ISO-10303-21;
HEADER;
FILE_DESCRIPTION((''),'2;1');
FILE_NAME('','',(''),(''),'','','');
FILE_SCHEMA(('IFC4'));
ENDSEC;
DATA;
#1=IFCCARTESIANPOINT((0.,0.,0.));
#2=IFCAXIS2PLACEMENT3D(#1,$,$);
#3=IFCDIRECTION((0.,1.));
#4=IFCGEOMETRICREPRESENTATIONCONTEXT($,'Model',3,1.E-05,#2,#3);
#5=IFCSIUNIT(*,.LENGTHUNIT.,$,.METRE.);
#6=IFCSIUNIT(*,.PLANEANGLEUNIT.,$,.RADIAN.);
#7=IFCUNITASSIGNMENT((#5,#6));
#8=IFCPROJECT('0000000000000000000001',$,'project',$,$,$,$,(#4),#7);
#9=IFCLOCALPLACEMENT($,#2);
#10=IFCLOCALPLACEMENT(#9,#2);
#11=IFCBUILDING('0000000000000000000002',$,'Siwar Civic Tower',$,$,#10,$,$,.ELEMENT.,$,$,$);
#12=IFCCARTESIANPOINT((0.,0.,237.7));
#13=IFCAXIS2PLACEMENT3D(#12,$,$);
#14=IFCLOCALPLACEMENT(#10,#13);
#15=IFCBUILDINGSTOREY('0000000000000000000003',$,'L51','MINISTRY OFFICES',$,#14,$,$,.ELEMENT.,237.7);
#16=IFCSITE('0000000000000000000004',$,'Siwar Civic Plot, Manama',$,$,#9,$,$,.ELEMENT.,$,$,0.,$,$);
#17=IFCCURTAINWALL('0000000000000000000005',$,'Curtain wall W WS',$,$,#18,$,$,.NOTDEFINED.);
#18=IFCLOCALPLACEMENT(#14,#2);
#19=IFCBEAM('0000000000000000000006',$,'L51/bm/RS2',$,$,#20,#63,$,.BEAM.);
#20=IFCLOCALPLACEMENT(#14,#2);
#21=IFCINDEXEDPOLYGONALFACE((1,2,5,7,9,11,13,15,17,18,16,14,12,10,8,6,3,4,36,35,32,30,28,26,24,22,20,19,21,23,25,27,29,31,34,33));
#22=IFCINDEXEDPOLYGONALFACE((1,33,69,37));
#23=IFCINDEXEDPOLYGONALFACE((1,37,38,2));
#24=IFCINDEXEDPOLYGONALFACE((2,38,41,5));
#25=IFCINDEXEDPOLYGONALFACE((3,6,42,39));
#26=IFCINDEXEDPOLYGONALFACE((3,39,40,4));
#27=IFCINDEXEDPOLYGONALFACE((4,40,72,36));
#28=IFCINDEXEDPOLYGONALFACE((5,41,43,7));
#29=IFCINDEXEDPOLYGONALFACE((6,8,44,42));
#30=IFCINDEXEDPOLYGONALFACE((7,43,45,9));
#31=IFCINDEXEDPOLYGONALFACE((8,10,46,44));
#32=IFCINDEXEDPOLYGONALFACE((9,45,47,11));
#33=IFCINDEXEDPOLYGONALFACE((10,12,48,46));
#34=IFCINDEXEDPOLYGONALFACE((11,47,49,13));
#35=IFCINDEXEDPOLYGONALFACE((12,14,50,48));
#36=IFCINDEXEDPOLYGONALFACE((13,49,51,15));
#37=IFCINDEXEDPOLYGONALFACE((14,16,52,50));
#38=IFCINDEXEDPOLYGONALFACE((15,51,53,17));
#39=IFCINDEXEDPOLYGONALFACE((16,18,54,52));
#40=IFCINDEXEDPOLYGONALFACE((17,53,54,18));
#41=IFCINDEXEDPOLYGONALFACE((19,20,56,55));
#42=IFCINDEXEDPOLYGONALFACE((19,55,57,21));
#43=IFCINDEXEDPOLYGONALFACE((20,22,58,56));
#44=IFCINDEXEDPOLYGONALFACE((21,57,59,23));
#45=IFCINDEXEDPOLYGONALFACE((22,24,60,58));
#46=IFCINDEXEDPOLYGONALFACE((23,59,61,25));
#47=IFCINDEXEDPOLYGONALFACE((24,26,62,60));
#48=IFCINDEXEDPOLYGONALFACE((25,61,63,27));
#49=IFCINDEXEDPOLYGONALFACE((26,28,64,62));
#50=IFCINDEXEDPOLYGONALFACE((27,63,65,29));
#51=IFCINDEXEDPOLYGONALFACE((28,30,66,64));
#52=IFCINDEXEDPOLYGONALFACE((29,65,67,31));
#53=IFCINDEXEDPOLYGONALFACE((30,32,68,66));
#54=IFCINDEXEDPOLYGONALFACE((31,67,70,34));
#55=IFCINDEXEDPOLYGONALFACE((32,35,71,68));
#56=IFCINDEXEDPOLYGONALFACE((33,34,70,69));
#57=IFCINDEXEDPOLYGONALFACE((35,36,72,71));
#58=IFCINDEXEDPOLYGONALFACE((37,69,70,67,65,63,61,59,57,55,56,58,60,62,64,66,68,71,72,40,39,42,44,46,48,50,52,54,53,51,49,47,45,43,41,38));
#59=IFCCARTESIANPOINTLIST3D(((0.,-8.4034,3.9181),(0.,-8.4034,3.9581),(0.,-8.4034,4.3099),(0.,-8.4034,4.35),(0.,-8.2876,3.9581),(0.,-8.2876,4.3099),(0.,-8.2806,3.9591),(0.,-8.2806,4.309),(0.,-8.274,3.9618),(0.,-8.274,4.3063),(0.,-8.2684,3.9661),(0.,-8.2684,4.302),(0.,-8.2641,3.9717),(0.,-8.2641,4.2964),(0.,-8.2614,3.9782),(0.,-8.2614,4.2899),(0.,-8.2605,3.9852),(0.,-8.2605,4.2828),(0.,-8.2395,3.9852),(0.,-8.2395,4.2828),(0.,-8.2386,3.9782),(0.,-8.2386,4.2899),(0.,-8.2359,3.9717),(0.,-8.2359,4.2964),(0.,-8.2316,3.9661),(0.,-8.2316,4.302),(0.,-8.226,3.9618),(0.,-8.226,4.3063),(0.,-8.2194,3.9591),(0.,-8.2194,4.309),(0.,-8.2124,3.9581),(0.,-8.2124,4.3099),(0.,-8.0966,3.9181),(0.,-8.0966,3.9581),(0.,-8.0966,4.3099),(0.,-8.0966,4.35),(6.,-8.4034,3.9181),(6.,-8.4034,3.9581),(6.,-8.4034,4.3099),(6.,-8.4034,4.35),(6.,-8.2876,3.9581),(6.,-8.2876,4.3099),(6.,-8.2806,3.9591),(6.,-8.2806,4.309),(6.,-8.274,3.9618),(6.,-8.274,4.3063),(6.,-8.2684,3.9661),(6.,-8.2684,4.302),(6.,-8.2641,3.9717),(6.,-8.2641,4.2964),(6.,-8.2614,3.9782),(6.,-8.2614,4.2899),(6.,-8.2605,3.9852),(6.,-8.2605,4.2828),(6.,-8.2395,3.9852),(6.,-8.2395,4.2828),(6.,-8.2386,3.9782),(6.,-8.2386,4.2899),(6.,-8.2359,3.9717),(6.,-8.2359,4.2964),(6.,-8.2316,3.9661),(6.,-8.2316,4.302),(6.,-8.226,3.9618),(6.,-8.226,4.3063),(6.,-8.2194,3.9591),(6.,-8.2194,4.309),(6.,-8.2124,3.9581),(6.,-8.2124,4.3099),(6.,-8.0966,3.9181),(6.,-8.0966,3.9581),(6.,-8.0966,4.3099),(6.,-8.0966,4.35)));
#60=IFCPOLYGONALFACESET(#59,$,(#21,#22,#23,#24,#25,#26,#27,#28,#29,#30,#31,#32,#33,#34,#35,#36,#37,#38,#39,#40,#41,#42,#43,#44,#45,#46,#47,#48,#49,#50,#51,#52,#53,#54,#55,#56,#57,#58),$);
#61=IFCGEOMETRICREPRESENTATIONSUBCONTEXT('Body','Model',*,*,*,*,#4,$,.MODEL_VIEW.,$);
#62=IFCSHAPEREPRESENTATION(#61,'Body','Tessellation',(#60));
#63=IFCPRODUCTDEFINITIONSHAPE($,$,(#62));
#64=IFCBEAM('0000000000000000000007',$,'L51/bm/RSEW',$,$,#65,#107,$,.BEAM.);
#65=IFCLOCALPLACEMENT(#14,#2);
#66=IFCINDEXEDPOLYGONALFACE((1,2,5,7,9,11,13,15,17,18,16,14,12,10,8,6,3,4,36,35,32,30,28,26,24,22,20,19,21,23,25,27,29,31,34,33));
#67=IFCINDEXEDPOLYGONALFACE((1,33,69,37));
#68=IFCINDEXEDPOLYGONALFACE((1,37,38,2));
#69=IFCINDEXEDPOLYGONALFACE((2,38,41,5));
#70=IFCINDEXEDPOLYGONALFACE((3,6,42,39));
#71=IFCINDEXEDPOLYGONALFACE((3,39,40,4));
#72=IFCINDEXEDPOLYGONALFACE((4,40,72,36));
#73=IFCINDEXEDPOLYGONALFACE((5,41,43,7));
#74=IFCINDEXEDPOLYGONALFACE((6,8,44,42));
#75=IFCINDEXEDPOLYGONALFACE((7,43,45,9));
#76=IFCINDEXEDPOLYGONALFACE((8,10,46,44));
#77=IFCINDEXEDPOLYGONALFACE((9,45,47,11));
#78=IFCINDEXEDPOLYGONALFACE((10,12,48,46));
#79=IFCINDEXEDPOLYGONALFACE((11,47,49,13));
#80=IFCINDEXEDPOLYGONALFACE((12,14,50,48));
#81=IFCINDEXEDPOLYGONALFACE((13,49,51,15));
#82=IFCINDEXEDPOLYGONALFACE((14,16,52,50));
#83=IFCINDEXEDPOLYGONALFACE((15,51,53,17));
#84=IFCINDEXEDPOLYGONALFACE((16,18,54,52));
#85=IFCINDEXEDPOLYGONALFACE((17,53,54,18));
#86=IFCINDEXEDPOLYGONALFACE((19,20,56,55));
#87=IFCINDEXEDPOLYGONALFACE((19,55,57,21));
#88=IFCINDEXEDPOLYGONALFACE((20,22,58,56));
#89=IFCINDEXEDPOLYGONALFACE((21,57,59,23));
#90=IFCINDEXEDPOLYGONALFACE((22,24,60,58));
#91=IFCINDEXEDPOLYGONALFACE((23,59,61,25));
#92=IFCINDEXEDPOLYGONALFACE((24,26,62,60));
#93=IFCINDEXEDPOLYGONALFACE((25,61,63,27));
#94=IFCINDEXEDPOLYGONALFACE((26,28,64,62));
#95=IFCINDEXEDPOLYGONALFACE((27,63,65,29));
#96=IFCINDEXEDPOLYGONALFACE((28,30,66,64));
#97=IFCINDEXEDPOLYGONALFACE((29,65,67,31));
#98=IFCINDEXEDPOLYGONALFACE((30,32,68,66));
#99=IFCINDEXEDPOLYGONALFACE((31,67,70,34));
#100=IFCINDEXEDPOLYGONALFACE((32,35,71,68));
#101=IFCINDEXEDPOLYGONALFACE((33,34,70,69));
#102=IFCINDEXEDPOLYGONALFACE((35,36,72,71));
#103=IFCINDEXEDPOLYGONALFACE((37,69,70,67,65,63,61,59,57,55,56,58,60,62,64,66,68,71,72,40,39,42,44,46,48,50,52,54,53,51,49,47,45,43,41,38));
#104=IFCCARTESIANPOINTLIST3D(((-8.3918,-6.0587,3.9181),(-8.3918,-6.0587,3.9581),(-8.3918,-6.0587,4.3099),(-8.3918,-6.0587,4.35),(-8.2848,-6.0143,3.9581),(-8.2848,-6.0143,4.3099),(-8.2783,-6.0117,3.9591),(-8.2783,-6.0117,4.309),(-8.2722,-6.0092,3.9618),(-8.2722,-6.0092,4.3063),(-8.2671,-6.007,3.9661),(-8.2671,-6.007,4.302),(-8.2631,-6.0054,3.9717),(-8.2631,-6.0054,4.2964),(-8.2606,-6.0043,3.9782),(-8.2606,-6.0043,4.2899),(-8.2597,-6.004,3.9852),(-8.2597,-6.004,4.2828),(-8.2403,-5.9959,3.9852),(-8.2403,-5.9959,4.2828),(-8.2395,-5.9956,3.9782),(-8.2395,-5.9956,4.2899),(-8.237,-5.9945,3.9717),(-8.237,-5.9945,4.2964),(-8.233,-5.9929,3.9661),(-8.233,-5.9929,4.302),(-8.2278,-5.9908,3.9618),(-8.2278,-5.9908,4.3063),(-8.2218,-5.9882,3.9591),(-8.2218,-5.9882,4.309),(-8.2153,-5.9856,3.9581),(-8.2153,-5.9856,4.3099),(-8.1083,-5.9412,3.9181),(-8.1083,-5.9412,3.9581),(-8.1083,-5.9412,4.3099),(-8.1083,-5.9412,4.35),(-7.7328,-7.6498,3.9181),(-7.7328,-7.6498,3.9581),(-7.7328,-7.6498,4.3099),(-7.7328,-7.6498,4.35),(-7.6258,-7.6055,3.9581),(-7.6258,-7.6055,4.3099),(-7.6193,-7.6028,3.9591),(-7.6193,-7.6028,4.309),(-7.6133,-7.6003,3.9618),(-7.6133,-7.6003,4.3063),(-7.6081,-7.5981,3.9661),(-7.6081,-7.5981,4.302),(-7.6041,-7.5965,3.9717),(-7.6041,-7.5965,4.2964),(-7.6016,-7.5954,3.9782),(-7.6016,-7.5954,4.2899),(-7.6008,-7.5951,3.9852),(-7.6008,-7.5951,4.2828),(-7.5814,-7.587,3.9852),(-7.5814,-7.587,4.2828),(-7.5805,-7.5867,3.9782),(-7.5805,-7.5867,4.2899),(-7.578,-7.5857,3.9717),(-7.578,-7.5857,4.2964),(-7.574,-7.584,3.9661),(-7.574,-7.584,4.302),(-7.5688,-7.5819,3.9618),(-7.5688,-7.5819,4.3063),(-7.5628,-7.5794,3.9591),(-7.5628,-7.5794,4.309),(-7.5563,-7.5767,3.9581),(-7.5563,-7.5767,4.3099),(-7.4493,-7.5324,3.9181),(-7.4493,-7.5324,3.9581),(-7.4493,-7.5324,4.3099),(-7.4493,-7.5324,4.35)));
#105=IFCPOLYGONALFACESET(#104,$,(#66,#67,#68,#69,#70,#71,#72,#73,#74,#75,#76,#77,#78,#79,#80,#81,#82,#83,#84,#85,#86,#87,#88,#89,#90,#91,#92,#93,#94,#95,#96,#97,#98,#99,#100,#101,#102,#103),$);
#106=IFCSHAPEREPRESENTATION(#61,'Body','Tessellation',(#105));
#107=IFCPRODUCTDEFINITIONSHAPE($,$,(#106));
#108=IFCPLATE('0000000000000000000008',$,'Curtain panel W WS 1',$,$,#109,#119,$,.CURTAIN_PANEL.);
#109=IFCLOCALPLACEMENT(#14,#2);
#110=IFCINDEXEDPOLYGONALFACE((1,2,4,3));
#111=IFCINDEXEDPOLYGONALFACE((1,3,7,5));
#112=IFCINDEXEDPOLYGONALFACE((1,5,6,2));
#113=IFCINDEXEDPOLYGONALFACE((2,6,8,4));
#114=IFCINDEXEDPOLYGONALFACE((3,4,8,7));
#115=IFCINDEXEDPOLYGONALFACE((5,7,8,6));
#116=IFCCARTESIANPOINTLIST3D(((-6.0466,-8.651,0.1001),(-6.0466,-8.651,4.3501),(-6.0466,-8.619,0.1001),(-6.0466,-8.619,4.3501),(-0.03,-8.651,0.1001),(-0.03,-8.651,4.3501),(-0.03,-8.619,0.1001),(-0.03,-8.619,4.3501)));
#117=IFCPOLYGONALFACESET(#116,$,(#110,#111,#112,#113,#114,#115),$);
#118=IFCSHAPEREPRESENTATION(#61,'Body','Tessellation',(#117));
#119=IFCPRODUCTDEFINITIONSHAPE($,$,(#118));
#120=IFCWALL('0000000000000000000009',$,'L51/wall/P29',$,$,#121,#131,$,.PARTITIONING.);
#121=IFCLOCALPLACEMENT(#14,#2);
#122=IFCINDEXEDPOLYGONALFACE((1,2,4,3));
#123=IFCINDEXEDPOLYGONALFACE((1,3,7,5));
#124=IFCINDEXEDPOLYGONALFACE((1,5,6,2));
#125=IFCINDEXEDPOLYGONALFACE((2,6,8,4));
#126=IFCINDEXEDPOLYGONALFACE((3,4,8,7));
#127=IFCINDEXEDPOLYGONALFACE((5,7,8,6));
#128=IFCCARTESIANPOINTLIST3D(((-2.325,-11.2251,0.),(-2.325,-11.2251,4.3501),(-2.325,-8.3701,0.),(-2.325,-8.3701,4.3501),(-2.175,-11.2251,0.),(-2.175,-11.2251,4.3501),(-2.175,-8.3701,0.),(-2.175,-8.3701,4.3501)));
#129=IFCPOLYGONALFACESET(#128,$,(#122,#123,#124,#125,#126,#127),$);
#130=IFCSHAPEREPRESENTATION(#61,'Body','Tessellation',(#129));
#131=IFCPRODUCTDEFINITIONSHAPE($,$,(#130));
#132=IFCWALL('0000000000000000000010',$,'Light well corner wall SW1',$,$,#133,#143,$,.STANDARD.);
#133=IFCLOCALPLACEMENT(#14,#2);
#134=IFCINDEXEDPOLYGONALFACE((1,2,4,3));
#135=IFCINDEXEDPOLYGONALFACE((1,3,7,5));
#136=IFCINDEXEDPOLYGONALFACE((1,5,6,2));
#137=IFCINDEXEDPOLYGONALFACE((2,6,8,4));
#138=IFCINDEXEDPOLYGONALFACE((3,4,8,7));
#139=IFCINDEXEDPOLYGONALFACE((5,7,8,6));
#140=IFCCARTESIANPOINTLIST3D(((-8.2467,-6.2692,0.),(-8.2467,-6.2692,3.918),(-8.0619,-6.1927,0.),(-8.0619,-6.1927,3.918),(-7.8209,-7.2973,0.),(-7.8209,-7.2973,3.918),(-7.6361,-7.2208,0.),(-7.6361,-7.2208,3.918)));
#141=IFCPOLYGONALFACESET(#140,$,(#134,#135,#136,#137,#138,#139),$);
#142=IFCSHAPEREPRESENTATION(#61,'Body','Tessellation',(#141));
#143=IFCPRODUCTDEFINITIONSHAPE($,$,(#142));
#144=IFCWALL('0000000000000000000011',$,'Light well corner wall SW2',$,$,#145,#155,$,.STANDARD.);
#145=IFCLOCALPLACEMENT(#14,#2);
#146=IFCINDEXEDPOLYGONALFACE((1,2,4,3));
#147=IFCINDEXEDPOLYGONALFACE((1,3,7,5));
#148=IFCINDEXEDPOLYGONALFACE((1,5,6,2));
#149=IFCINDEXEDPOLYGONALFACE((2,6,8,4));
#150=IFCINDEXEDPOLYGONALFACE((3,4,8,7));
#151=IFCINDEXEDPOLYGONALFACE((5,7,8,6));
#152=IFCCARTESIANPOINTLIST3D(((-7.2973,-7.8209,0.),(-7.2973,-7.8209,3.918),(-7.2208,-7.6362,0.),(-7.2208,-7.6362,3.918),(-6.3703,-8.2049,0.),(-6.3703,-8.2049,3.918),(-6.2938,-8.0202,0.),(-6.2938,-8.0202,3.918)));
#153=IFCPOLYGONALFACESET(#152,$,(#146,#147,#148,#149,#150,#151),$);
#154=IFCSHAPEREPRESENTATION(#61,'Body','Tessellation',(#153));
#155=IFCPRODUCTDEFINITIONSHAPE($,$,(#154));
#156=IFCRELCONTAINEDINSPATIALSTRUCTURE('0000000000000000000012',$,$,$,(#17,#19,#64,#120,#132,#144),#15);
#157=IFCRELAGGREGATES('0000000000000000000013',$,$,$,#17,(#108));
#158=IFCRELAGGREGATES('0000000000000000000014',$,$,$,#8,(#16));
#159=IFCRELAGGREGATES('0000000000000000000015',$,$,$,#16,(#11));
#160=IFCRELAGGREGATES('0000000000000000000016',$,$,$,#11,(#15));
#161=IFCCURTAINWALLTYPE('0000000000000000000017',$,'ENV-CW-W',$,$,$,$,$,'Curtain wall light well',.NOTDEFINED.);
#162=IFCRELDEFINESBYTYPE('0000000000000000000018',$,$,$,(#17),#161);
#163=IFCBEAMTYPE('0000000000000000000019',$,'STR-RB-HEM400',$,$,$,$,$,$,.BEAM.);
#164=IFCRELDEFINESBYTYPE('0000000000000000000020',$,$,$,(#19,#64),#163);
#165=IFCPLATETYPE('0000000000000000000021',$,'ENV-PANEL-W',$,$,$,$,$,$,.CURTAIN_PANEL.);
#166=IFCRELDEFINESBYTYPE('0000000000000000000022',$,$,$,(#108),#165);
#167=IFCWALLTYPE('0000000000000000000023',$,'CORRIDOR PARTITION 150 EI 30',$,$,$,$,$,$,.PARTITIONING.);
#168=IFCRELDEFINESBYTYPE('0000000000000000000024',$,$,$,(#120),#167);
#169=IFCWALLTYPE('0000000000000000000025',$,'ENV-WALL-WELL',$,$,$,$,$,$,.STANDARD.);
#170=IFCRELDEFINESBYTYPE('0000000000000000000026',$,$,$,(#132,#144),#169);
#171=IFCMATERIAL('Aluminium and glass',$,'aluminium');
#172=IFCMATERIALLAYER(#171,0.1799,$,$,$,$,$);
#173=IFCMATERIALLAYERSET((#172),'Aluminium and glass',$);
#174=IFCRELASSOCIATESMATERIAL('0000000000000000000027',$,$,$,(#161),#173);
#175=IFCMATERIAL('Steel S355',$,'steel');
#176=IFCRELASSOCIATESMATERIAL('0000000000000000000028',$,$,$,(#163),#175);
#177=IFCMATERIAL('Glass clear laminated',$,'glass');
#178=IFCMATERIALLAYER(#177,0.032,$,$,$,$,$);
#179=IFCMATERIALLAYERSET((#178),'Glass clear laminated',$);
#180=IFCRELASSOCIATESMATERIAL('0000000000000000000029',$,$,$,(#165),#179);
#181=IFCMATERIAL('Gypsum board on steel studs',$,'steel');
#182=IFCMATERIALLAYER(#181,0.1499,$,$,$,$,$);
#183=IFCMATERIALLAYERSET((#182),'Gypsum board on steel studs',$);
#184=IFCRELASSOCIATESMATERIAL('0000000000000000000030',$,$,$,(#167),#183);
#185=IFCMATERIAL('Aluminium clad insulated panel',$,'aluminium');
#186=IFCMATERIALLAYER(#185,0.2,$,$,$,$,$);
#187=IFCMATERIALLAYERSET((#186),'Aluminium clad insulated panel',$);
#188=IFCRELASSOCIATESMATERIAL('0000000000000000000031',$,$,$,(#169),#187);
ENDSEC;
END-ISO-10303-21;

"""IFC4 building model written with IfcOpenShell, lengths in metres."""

from ifc_helpers import new_model, si_unit, direction, frame, frame_2d, origin, origin_2d, place, context, subcontext, project, spatial, rectangle, i_section, extrude, material, layer, layer_set, material_profile, profile_set, type_object, element, aggregate, save


model = new_model("IFC4")

# Units and contexts
model_context = context("Model", 3, precision=1e-05, world=origin(), true_north=direction((0.0, 1.0)))
body_context = subcontext(model_context, "Body", "Model", "MODEL_VIEW")
ifc_project = project(units=[si_unit("LENGTHUNIT", "METRE"), si_unit("PLANEANGLEUNIT", "RADIAN")], contexts=[model_context])

# Site, building, storey
site_placement = place(None, origin())
site = spatial("IfcSite", under=ifc_project, at=site_placement, Name="Siwar Civic Plot, Manama", CompositionType="ELEMENT", RefElevation=0.0)
building_placement = place(site_placement, origin())
building = spatial("IfcBuilding", under=site, at=building_placement, Name="Siwar Civic Tower", CompositionType="ELEMENT")
storey_placement = place(building_placement, frame((0.0, 0.0, 237.7)))
storey = spatial("IfcBuildingStorey", under=building, at=storey_placement, Name="L51", Description="MINISTRY OFFICES", CompositionType="ELEMENT", Elevation=237.7)

# Curtain wall
ifc_material_1 = material(Name="Aluminium and glass", Category="aluminium")
ifc_layer_1 = layer(ifc_material_1, 0.1799)
ifc_layer_set_1 = layer_set([ifc_layer_1], Name="Aluminium and glass")
curtain_wall_type = type_object("IfcCurtainWallType", Name="ENV-CW-W", ElementType="Curtain wall light well", PredefinedType="NOTDEFINED", material=ifc_layer_set_1)
curtain_wall_placement = place(storey_placement, origin())
curtain_wall = element("IfcCurtainWall", 1, at=curtain_wall_placement, inside=storey, type_object=curtain_wall_type, Name="Curtain wall W WS", PredefinedType="NOTDEFINED")

# Beams
ifc_material_2 = material(Name="Steel S355", Category="steel")
ifc_material_profile_1 = material_profile(ifc_material_2, i_section(OverallWidth=0.3069, OverallDepth=0.4319, WebThickness=0.021, FlangeThickness=0.04, FilletRadius=0.0271, at=origin_2d()), Name="HEM400")
ifc_profile_set_1 = profile_set([ifc_material_profile_1], Name="Steel S355")
beam_type = type_object("IfcBeamType", Name="STR-RB-HEM400", PredefinedType="BEAM", material=ifc_profile_set_1)
for number, where, z_axis, x_axis, name in (
    (2, (0.0, -8.25, 4.134), (1.0, 0.0, 0.0), (0.0, 1.0, 0.0), "L51/bm/RS2"),
):
    element("IfcBeam", number, at=place(storey_placement, frame(where, z_axis=z_axis, x_axis=x_axis)), inside=storey, type_object=beam_type, Name=name, PredefinedType="BEAM", context=body_context, shape_type="SweptSolid", body=[
        extrude(i_section(OverallWidth=0.3069, OverallDepth=0.4319, WebThickness=0.021, FlangeThickness=0.04, FilletRadius=0.0271, at=origin_2d()), origin(), (0.0, 0.0, 1.0), 6.0),
    ])
beam_1_placement = place(storey_placement, frame((-7.5911, -7.5911, 4.134), z_axis=(-0.382631, 0.923901, 0.0), x_axis=(-0.923901, -0.382631, 0.0)))
element("IfcBeam", 3, at=beam_1_placement, inside=storey, type_object=beam_type, Name="L51/bm/RSEW", PredefinedType="BEAM", context=body_context, shape_type="SweptSolid", body=[
    extrude(i_section(OverallWidth=0.3069, OverallDepth=0.4319, WebThickness=0.021, FlangeThickness=0.04, FilletRadius=0.0271, at=origin_2d()), origin(), (0.0, 0.0, 1.0), 1.7222),
])

# Plate
ifc_material_3 = material(Name="Glass clear laminated", Category="glass")
ifc_layer_2 = layer(ifc_material_3, 0.032)
ifc_layer_set_2 = layer_set([ifc_layer_2], Name="Glass clear laminated")
plate_type = type_object("IfcPlateType", Name="ENV-PANEL-W", PredefinedType="CURTAIN_PANEL", material=ifc_layer_set_2)
plate_placement = place(storey_placement, frame((-3.0383, -8.635, 0.1001), z_axis=(0.0, 0.0, 1.0), x_axis=(1.0, 0.0, 0.0)))
plate = element("IfcPlate", 4, at=plate_placement, type_object=plate_type, Name="Curtain panel W WS 1", PredefinedType="CURTAIN_PANEL", context=body_context, shape_type="SweptSolid", body=[
    extrude(rectangle(XDim=6.0166, YDim=0.032, at=origin_2d()), origin(), (0.0, 0.0, 1.0), 4.25),
])
aggregate(curtain_wall, [plate])

# Walls
ifc_material_4 = material(Name="Gypsum board on steel studs", Category="steel")
ifc_layer_3 = layer(ifc_material_4, 0.1499)
ifc_layer_set_3 = layer_set([ifc_layer_3], Name="Gypsum board on steel studs")
wall_type_1 = type_object("IfcWallType", Name="CORRIDOR PARTITION 150 EI 30", PredefinedType="PARTITIONING", material=ifc_layer_set_3)
wall_1_placement = place(storey_placement, frame((-2.25, -11.2251, 0.0), z_axis=(0.0, 0.0, 1.0), x_axis=(0.0, 1.0, 0.0)))
element("IfcWall", 5, at=wall_1_placement, inside=storey, type_object=wall_type_1, Name="L51/wall/P29", PredefinedType="PARTITIONING", context=body_context, shape_type="SweptSolid", body=[
    extrude(rectangle(XDim=2.855, YDim=0.1499, at=frame_2d((1.4275, 0.0))), origin(), (0.0, 0.0, 1.0), 4.3501),
])
ifc_material_5 = material(Name="Aluminium clad insulated panel", Category="aluminium")
ifc_layer_4 = layer(ifc_material_5, 0.2)
ifc_layer_set_4 = layer_set([ifc_layer_4], Name="Aluminium clad insulated panel")
wall_type_2 = type_object("IfcWallType", Name="ENV-WALL-WELL", PredefinedType="STANDARD", material=ifc_layer_set_4)
wall_2_placement = place(storey_placement, frame((-8.1543, -6.231, 0.0), z_axis=(0.0, 0.0, 1.0), x_axis=(0.382636, -0.923899, 0.0)))
element("IfcWall", 6, at=wall_2_placement, inside=storey, type_object=wall_type_2, Name="Light well corner wall SW1", PredefinedType="STANDARD", context=body_context, shape_type="SweptSolid", body=[
    extrude(rectangle(XDim=1.1128, YDim=0.2, at=frame_2d((0.5564, 0.0))), origin(), (0.0, 0.0, 1.0), 3.918),
])
wall_3_placement = place(storey_placement, frame((-7.259, -7.7285, 0.0), z_axis=(0.0, 0.0, 1.0), x_axis=(0.92386, -0.382731, 0.0)))
element("IfcWall", 7, at=wall_3_placement, inside=storey, type_object=wall_type_2, Name="Light well corner wall SW2", PredefinedType="STANDARD", context=body_context, shape_type="SweptSolid", body=[
    extrude(rectangle(XDim=1.0034, YDim=0.2, at=frame_2d((0.5017, 0.0))), origin(), (0.0, 0.0, 1.0), 3.918),
])

save(model, "model.ifc")
